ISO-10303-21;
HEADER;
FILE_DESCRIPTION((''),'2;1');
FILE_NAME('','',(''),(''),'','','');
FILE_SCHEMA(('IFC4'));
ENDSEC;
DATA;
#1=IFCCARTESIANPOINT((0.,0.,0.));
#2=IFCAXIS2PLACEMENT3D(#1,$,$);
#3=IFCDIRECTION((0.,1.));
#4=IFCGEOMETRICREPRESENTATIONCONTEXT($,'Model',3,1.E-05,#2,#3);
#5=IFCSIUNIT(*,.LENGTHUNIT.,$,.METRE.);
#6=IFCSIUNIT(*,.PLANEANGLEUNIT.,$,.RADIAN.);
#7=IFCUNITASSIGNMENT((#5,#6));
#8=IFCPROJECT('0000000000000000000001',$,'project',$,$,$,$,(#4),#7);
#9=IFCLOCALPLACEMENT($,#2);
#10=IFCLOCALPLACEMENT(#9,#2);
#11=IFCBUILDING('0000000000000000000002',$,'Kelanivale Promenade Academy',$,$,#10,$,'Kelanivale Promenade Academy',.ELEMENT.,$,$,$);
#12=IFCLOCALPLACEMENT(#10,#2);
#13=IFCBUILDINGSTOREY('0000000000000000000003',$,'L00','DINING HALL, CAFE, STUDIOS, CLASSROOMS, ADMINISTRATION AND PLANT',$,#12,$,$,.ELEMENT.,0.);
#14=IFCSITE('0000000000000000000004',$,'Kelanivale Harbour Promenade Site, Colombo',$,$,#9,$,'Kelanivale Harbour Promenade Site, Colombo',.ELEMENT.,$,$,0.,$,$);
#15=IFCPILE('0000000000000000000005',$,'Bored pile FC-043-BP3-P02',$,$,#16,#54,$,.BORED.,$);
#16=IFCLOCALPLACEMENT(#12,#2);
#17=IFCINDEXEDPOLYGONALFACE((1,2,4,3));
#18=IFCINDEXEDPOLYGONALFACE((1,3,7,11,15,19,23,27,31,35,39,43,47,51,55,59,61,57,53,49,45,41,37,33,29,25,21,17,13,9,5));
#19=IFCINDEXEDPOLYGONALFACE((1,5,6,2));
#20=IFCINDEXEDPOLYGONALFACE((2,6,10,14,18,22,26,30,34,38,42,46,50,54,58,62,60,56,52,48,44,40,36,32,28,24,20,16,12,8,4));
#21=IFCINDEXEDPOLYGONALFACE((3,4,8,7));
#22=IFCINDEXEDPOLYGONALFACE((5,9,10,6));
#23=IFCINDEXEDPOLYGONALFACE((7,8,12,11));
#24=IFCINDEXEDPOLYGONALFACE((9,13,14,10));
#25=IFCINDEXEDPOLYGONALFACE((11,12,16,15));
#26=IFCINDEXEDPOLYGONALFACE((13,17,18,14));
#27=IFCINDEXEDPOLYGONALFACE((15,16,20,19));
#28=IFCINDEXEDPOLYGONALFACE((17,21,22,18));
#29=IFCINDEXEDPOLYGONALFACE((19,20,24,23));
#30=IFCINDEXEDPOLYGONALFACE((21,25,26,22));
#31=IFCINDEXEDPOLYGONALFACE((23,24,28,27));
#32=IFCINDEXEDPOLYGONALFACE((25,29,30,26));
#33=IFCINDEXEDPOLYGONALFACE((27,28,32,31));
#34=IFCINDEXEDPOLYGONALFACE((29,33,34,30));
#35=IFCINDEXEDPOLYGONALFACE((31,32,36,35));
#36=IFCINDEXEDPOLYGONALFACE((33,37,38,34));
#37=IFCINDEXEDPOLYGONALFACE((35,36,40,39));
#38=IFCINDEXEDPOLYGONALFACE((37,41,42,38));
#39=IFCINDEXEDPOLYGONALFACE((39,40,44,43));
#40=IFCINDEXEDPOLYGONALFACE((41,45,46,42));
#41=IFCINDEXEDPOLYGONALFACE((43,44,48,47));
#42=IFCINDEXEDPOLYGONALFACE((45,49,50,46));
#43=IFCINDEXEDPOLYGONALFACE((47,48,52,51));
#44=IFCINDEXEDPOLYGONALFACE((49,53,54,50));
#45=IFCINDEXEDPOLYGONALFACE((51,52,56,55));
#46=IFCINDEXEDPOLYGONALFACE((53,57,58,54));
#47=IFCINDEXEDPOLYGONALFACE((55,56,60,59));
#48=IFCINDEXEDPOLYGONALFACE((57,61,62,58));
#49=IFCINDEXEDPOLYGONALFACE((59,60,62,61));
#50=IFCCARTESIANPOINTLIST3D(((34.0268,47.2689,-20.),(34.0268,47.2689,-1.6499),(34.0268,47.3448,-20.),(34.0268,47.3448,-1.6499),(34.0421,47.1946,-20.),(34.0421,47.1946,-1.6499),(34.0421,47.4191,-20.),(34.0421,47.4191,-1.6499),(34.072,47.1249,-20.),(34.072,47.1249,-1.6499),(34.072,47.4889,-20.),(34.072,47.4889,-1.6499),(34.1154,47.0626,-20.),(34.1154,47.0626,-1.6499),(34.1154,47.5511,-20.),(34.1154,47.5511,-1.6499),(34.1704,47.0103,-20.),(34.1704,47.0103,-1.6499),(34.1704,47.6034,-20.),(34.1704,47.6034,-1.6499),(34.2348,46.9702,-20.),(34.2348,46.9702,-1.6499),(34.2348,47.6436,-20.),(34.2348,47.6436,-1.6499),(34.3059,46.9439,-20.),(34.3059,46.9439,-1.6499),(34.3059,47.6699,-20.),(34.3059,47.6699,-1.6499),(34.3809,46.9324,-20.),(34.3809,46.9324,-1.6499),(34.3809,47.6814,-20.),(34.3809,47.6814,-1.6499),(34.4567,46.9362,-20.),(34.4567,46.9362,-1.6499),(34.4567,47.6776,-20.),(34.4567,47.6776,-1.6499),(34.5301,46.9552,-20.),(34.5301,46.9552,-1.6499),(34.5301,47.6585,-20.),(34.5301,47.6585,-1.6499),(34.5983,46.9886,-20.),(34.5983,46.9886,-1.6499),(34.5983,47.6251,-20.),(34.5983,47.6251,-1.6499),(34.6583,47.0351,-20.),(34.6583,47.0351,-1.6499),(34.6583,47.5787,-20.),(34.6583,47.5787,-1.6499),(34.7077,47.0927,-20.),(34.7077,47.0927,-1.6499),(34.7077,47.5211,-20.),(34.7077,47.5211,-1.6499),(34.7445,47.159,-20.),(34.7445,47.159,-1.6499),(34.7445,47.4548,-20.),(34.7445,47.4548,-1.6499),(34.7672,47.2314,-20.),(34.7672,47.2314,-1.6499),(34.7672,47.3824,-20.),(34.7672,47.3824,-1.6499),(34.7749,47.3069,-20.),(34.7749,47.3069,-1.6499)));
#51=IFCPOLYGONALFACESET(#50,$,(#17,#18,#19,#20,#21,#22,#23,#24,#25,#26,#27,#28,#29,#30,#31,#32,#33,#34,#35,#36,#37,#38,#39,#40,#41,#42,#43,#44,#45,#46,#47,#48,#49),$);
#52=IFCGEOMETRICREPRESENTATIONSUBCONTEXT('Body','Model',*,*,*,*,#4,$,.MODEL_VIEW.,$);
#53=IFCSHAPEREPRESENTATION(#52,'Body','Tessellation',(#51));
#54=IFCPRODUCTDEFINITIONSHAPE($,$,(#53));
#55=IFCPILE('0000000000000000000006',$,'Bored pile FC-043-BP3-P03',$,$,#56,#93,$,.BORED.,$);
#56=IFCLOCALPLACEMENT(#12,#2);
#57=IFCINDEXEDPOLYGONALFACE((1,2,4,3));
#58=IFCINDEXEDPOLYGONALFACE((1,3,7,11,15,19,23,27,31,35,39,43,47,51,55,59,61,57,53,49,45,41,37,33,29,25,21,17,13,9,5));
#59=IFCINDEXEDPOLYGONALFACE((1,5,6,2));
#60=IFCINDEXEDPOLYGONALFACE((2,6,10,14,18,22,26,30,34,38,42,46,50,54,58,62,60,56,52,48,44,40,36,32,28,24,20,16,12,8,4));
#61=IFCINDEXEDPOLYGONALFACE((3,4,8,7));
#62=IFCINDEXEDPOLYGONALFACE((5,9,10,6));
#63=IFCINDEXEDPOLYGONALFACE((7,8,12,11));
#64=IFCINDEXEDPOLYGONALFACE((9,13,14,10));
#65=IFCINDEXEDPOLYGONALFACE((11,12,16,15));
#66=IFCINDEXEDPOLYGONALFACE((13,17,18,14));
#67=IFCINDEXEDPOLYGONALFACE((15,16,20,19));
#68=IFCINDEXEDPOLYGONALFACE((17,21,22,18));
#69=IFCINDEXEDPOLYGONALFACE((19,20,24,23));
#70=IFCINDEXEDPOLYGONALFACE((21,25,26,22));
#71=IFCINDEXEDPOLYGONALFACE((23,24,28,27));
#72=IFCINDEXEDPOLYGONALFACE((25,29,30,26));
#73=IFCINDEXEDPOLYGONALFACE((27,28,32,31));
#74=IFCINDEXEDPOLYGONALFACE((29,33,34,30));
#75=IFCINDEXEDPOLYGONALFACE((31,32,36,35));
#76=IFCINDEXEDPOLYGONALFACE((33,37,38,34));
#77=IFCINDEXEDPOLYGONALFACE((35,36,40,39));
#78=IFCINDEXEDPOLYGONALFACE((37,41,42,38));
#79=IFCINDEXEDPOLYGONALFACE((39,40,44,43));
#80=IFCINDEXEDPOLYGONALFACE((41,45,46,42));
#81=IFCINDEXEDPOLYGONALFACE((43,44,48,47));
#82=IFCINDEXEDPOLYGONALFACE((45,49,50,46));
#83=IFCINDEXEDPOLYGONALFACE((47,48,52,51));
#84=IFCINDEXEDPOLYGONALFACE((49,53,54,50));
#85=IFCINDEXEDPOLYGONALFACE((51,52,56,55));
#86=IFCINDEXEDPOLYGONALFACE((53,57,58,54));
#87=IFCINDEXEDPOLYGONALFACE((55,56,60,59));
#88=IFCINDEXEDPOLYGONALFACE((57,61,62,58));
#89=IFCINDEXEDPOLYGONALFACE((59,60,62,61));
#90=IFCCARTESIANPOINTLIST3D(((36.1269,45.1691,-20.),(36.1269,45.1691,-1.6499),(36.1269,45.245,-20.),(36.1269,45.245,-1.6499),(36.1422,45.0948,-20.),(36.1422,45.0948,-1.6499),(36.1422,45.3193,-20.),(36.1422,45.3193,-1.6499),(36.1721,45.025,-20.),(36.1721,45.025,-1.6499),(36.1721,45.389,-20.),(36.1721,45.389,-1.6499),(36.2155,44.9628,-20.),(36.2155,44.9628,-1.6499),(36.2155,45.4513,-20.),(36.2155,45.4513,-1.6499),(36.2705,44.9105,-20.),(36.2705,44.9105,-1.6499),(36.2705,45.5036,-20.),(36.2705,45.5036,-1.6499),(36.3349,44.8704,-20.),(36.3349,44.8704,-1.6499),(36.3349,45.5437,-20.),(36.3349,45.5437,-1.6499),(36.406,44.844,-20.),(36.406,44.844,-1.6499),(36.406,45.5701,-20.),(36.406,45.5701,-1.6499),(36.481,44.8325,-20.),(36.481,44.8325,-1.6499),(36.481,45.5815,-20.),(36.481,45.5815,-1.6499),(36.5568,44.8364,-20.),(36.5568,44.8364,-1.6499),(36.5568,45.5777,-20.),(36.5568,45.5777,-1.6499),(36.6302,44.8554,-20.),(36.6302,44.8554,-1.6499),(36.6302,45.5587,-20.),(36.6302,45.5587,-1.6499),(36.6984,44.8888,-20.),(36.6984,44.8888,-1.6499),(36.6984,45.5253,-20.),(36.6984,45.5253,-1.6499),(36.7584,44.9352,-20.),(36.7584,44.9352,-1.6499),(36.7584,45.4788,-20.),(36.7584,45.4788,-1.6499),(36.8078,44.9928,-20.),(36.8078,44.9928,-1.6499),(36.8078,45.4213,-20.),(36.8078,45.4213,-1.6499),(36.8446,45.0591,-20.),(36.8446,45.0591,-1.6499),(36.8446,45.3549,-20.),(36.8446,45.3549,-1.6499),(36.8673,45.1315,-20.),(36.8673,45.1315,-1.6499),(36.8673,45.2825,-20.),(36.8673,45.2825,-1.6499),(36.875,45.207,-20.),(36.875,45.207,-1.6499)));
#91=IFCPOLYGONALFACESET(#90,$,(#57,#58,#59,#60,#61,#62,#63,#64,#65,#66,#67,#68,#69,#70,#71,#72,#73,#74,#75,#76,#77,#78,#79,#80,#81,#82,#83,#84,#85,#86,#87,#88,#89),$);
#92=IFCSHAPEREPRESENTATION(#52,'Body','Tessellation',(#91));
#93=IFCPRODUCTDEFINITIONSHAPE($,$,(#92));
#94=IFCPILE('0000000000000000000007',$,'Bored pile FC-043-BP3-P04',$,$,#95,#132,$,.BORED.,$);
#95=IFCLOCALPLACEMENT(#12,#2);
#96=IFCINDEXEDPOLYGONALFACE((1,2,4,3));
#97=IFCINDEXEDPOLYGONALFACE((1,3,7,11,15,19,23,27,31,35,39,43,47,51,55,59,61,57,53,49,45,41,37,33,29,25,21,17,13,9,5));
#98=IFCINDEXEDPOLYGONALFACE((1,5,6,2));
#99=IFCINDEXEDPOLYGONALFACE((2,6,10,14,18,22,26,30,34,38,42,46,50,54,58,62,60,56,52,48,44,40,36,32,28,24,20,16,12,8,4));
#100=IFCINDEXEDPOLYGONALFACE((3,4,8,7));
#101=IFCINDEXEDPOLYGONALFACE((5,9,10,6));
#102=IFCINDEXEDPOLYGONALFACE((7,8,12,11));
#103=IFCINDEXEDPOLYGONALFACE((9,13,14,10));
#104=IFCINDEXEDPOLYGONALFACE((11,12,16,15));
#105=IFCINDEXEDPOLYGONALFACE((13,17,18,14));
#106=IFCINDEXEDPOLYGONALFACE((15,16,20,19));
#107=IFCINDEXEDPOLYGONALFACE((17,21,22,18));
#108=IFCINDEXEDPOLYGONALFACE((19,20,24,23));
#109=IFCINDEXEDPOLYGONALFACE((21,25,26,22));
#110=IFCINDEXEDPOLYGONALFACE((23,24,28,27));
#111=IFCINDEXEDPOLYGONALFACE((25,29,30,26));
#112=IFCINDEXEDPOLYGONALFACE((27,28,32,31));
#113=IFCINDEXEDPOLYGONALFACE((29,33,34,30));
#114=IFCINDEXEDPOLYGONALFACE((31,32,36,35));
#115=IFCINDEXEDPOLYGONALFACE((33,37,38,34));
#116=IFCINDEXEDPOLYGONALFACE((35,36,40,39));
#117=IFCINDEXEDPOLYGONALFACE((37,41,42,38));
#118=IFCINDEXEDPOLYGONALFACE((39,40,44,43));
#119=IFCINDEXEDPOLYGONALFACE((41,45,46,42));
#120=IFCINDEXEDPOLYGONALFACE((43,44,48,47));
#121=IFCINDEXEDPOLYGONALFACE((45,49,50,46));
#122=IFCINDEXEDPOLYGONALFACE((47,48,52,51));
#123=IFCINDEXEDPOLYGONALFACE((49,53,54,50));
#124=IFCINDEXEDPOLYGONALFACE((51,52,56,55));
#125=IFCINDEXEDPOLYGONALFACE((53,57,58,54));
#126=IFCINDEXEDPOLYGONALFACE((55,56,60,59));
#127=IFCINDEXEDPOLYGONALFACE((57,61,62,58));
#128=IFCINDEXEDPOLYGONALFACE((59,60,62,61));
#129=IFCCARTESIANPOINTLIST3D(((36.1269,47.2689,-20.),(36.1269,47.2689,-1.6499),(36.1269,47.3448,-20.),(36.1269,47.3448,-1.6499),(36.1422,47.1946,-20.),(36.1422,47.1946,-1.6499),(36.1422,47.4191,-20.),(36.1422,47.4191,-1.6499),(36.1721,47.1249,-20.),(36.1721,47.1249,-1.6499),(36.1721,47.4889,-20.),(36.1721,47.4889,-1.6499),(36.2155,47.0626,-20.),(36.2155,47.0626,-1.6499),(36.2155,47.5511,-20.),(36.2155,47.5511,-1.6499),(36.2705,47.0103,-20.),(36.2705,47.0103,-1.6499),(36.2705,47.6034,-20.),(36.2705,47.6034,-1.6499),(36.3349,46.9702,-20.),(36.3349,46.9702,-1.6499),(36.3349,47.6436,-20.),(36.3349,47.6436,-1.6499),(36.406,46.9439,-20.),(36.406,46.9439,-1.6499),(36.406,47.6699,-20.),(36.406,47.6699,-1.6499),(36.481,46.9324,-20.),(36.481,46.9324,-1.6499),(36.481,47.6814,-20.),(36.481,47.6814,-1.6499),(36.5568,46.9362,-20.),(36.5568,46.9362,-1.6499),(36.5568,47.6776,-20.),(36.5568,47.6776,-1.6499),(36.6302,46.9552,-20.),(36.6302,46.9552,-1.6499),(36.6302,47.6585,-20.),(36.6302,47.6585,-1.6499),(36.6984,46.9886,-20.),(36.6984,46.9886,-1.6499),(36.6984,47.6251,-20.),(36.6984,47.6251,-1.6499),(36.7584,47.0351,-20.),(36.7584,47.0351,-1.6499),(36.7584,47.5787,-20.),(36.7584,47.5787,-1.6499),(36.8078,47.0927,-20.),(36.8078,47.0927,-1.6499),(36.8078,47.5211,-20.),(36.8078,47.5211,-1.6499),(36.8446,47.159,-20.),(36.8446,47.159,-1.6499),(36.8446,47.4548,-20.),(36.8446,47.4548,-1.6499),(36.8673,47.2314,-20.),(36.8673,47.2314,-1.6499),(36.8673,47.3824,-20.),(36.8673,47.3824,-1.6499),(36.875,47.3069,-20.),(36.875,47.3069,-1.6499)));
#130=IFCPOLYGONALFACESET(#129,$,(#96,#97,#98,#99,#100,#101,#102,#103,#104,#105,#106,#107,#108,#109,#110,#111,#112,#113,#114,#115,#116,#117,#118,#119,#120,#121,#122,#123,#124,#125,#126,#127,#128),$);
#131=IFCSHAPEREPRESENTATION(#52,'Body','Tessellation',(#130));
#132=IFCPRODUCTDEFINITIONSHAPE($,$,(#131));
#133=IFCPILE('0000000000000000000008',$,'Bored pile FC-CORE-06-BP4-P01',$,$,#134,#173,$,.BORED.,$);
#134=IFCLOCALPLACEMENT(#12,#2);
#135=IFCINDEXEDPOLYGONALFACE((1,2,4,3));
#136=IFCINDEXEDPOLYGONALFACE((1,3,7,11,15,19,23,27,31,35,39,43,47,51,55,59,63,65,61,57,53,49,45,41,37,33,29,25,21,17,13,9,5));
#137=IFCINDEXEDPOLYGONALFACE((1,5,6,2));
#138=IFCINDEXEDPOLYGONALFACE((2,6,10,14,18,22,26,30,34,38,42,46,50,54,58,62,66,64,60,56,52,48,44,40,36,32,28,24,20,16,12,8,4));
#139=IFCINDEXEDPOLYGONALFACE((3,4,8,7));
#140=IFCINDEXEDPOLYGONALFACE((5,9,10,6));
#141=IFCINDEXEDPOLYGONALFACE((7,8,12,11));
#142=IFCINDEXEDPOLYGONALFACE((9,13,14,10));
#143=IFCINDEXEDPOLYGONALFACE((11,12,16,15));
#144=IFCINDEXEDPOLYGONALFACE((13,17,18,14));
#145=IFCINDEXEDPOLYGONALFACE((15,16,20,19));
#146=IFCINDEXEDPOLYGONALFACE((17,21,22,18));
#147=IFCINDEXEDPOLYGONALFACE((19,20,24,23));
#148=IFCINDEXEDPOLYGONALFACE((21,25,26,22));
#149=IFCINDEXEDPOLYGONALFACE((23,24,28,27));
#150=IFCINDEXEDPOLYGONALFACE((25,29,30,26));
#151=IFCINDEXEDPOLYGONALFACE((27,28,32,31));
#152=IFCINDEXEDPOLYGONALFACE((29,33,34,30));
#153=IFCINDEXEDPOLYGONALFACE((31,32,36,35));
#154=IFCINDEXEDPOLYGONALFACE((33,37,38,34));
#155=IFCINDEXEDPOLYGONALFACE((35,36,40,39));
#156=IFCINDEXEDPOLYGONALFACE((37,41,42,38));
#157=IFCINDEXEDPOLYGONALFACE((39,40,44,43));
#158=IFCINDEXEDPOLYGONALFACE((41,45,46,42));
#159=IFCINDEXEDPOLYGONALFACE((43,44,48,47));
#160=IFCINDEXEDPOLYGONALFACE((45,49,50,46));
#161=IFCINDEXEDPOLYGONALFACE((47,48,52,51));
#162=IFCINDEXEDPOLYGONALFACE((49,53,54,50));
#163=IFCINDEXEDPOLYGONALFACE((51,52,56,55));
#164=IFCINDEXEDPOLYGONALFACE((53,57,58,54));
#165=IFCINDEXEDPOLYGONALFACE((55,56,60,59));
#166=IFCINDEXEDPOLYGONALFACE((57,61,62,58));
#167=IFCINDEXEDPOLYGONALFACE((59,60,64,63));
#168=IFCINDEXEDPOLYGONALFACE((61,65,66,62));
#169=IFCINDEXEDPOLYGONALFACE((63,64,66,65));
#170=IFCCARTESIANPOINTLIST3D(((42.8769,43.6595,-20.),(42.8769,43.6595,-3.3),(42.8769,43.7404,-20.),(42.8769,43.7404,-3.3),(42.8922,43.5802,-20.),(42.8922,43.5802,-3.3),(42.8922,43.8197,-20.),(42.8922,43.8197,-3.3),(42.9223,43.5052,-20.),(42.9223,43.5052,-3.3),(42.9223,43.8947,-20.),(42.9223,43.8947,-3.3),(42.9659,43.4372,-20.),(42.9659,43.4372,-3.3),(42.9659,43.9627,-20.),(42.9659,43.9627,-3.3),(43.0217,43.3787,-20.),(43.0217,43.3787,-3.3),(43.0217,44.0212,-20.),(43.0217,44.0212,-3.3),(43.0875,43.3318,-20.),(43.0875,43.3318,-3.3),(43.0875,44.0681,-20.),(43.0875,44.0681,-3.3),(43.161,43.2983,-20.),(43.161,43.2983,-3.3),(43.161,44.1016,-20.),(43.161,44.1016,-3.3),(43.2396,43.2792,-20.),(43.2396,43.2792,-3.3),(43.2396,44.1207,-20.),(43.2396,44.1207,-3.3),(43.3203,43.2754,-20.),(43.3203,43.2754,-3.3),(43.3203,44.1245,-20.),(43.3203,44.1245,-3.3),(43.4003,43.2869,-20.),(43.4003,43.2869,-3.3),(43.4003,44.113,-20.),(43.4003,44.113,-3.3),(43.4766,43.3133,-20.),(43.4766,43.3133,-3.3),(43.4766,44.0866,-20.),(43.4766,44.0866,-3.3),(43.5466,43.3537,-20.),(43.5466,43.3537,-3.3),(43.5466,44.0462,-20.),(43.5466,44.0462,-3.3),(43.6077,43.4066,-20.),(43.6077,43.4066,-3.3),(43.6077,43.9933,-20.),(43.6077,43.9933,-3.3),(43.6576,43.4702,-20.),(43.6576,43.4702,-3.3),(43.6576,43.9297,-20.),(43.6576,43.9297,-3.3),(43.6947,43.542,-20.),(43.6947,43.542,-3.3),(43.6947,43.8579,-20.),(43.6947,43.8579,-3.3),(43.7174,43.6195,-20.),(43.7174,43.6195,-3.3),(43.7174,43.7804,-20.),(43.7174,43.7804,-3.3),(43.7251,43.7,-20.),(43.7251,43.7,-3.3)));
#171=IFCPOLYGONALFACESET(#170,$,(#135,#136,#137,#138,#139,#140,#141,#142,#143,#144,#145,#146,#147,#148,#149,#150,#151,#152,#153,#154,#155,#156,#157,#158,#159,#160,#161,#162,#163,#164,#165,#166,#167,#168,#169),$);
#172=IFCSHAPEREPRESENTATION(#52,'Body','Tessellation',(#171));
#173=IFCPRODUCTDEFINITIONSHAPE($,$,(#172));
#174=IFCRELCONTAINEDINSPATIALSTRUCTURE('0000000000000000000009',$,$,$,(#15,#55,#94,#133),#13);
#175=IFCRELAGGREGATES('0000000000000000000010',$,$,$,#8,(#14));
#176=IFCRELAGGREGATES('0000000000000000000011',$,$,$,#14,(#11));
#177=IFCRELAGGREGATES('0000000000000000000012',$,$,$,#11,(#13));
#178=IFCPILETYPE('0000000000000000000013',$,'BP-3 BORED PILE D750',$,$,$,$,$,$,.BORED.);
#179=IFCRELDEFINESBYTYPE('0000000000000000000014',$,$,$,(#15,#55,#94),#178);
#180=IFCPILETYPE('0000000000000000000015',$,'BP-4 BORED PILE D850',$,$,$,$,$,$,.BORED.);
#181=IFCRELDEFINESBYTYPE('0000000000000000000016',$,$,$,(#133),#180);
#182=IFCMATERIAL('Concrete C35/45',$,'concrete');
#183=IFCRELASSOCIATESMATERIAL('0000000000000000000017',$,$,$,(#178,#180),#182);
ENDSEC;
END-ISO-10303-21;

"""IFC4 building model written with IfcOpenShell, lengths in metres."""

from ifc_helpers import new_model, si_unit, direction, frame, origin, origin_2d, place, context, subcontext, project, spatial, circle, extrude, material, material_profile, profile_set, type_object, element, save


model = new_model("IFC4")

# Units and contexts
model_context = context("Model", 3, precision=1e-05, world=origin(), true_north=direction((0.0, 1.0)))
body_context = subcontext(model_context, "Body", "Model", "MODEL_VIEW")
ifc_project = project(units=[si_unit("LENGTHUNIT", "METRE"), si_unit("PLANEANGLEUNIT", "RADIAN")], contexts=[model_context])

# Site, building, storey
site_placement = place(None, origin())
site = spatial("IfcSite", under=ifc_project, at=site_placement, Name="Kelanivale Harbour Promenade Site, Colombo", LongName="Kelanivale Harbour Promenade Site, Colombo", CompositionType="ELEMENT", RefElevation=0.0)
building_placement = place(site_placement, origin())
building = spatial("IfcBuilding", under=site, at=building_placement, Name="Kelanivale Promenade Academy", LongName="Kelanivale Promenade Academy", CompositionType="ELEMENT")
storey_placement = place(building_placement, origin())
storey = spatial("IfcBuildingStorey", under=building, at=storey_placement, Name="L00", Description="DINING HALL, CAFE, STUDIOS, CLASSROOMS, ADMINISTRATION AND PLANT", CompositionType="ELEMENT", Elevation=0.0)

# Piles
ifc_material_1 = material(Name="Concrete C35/45", Category="concrete")
ifc_material_profile_1 = material_profile(ifc_material_1, circle(Radius=0.375, at=origin_2d()), Name="BORED PILE D750")
ifc_profile_set_1 = profile_set([ifc_material_profile_1], Name="Concrete C35/45")
pile_type_1 = type_object("IfcPileType", Name="BP-3 BORED PILE D750", PredefinedType="BORED", material=ifc_profile_set_1)
for number, where, z_axis, x_axis, name in (
    (1, (34.3999, 47.3069, -1.6499), (0.0, 0.0, -1.0), (1.0, 0.0, 0.0), "Bored pile FC-043-BP3-P02"),
    (2, (36.5, 45.207, -1.6499), (0.0, 0.0, -1.0), (1.0, 0.0, 0.0), "Bored pile FC-043-BP3-P03"),
    (3, (36.5, 47.3069, -1.6499), (0.0, 0.0, -1.0), (1.0, 0.0, 0.0), "Bored pile FC-043-BP3-P04"),
):
    element("IfcPile", number, at=place(storey_placement, frame(where, z_axis=z_axis, x_axis=x_axis)), inside=storey, type_object=pile_type_1, Name=name, PredefinedType="BORED", context=body_context, shape_type="SweptSolid", body=[
        extrude(circle(Radius=0.375, at=origin_2d()), origin(), (0.0, 0.0, 1.0), 18.3501),
    ])
ifc_material_profile_2 = material_profile(ifc_material_1, circle(Radius=0.425, at=origin_2d()), Name="BORED PILE D850")
ifc_profile_set_2 = profile_set([ifc_material_profile_2], Name="Concrete C35/45")
pile_type_2 = type_object("IfcPileType", Name="BP-4 BORED PILE D850", PredefinedType="BORED", material=ifc_profile_set_2)
for number, where, z_axis, x_axis, name in (
    (4, (43.3, 43.7, -3.3), (0.0, 0.0, -1.0), (1.0, 0.0, 0.0), "Bored pile FC-CORE-06-BP4-P01"),
):
    element("IfcPile", number, at=place(storey_placement, frame(where, z_axis=z_axis, x_axis=x_axis)), inside=storey, type_object=pile_type_2, Name=name, PredefinedType="BORED", context=body_context, shape_type="SweptSolid", body=[
        extrude(circle(Radius=0.425, at=origin_2d()), origin(), (0.0, 0.0, 1.0), 16.7),
    ])

save(model, "model.ifc")
